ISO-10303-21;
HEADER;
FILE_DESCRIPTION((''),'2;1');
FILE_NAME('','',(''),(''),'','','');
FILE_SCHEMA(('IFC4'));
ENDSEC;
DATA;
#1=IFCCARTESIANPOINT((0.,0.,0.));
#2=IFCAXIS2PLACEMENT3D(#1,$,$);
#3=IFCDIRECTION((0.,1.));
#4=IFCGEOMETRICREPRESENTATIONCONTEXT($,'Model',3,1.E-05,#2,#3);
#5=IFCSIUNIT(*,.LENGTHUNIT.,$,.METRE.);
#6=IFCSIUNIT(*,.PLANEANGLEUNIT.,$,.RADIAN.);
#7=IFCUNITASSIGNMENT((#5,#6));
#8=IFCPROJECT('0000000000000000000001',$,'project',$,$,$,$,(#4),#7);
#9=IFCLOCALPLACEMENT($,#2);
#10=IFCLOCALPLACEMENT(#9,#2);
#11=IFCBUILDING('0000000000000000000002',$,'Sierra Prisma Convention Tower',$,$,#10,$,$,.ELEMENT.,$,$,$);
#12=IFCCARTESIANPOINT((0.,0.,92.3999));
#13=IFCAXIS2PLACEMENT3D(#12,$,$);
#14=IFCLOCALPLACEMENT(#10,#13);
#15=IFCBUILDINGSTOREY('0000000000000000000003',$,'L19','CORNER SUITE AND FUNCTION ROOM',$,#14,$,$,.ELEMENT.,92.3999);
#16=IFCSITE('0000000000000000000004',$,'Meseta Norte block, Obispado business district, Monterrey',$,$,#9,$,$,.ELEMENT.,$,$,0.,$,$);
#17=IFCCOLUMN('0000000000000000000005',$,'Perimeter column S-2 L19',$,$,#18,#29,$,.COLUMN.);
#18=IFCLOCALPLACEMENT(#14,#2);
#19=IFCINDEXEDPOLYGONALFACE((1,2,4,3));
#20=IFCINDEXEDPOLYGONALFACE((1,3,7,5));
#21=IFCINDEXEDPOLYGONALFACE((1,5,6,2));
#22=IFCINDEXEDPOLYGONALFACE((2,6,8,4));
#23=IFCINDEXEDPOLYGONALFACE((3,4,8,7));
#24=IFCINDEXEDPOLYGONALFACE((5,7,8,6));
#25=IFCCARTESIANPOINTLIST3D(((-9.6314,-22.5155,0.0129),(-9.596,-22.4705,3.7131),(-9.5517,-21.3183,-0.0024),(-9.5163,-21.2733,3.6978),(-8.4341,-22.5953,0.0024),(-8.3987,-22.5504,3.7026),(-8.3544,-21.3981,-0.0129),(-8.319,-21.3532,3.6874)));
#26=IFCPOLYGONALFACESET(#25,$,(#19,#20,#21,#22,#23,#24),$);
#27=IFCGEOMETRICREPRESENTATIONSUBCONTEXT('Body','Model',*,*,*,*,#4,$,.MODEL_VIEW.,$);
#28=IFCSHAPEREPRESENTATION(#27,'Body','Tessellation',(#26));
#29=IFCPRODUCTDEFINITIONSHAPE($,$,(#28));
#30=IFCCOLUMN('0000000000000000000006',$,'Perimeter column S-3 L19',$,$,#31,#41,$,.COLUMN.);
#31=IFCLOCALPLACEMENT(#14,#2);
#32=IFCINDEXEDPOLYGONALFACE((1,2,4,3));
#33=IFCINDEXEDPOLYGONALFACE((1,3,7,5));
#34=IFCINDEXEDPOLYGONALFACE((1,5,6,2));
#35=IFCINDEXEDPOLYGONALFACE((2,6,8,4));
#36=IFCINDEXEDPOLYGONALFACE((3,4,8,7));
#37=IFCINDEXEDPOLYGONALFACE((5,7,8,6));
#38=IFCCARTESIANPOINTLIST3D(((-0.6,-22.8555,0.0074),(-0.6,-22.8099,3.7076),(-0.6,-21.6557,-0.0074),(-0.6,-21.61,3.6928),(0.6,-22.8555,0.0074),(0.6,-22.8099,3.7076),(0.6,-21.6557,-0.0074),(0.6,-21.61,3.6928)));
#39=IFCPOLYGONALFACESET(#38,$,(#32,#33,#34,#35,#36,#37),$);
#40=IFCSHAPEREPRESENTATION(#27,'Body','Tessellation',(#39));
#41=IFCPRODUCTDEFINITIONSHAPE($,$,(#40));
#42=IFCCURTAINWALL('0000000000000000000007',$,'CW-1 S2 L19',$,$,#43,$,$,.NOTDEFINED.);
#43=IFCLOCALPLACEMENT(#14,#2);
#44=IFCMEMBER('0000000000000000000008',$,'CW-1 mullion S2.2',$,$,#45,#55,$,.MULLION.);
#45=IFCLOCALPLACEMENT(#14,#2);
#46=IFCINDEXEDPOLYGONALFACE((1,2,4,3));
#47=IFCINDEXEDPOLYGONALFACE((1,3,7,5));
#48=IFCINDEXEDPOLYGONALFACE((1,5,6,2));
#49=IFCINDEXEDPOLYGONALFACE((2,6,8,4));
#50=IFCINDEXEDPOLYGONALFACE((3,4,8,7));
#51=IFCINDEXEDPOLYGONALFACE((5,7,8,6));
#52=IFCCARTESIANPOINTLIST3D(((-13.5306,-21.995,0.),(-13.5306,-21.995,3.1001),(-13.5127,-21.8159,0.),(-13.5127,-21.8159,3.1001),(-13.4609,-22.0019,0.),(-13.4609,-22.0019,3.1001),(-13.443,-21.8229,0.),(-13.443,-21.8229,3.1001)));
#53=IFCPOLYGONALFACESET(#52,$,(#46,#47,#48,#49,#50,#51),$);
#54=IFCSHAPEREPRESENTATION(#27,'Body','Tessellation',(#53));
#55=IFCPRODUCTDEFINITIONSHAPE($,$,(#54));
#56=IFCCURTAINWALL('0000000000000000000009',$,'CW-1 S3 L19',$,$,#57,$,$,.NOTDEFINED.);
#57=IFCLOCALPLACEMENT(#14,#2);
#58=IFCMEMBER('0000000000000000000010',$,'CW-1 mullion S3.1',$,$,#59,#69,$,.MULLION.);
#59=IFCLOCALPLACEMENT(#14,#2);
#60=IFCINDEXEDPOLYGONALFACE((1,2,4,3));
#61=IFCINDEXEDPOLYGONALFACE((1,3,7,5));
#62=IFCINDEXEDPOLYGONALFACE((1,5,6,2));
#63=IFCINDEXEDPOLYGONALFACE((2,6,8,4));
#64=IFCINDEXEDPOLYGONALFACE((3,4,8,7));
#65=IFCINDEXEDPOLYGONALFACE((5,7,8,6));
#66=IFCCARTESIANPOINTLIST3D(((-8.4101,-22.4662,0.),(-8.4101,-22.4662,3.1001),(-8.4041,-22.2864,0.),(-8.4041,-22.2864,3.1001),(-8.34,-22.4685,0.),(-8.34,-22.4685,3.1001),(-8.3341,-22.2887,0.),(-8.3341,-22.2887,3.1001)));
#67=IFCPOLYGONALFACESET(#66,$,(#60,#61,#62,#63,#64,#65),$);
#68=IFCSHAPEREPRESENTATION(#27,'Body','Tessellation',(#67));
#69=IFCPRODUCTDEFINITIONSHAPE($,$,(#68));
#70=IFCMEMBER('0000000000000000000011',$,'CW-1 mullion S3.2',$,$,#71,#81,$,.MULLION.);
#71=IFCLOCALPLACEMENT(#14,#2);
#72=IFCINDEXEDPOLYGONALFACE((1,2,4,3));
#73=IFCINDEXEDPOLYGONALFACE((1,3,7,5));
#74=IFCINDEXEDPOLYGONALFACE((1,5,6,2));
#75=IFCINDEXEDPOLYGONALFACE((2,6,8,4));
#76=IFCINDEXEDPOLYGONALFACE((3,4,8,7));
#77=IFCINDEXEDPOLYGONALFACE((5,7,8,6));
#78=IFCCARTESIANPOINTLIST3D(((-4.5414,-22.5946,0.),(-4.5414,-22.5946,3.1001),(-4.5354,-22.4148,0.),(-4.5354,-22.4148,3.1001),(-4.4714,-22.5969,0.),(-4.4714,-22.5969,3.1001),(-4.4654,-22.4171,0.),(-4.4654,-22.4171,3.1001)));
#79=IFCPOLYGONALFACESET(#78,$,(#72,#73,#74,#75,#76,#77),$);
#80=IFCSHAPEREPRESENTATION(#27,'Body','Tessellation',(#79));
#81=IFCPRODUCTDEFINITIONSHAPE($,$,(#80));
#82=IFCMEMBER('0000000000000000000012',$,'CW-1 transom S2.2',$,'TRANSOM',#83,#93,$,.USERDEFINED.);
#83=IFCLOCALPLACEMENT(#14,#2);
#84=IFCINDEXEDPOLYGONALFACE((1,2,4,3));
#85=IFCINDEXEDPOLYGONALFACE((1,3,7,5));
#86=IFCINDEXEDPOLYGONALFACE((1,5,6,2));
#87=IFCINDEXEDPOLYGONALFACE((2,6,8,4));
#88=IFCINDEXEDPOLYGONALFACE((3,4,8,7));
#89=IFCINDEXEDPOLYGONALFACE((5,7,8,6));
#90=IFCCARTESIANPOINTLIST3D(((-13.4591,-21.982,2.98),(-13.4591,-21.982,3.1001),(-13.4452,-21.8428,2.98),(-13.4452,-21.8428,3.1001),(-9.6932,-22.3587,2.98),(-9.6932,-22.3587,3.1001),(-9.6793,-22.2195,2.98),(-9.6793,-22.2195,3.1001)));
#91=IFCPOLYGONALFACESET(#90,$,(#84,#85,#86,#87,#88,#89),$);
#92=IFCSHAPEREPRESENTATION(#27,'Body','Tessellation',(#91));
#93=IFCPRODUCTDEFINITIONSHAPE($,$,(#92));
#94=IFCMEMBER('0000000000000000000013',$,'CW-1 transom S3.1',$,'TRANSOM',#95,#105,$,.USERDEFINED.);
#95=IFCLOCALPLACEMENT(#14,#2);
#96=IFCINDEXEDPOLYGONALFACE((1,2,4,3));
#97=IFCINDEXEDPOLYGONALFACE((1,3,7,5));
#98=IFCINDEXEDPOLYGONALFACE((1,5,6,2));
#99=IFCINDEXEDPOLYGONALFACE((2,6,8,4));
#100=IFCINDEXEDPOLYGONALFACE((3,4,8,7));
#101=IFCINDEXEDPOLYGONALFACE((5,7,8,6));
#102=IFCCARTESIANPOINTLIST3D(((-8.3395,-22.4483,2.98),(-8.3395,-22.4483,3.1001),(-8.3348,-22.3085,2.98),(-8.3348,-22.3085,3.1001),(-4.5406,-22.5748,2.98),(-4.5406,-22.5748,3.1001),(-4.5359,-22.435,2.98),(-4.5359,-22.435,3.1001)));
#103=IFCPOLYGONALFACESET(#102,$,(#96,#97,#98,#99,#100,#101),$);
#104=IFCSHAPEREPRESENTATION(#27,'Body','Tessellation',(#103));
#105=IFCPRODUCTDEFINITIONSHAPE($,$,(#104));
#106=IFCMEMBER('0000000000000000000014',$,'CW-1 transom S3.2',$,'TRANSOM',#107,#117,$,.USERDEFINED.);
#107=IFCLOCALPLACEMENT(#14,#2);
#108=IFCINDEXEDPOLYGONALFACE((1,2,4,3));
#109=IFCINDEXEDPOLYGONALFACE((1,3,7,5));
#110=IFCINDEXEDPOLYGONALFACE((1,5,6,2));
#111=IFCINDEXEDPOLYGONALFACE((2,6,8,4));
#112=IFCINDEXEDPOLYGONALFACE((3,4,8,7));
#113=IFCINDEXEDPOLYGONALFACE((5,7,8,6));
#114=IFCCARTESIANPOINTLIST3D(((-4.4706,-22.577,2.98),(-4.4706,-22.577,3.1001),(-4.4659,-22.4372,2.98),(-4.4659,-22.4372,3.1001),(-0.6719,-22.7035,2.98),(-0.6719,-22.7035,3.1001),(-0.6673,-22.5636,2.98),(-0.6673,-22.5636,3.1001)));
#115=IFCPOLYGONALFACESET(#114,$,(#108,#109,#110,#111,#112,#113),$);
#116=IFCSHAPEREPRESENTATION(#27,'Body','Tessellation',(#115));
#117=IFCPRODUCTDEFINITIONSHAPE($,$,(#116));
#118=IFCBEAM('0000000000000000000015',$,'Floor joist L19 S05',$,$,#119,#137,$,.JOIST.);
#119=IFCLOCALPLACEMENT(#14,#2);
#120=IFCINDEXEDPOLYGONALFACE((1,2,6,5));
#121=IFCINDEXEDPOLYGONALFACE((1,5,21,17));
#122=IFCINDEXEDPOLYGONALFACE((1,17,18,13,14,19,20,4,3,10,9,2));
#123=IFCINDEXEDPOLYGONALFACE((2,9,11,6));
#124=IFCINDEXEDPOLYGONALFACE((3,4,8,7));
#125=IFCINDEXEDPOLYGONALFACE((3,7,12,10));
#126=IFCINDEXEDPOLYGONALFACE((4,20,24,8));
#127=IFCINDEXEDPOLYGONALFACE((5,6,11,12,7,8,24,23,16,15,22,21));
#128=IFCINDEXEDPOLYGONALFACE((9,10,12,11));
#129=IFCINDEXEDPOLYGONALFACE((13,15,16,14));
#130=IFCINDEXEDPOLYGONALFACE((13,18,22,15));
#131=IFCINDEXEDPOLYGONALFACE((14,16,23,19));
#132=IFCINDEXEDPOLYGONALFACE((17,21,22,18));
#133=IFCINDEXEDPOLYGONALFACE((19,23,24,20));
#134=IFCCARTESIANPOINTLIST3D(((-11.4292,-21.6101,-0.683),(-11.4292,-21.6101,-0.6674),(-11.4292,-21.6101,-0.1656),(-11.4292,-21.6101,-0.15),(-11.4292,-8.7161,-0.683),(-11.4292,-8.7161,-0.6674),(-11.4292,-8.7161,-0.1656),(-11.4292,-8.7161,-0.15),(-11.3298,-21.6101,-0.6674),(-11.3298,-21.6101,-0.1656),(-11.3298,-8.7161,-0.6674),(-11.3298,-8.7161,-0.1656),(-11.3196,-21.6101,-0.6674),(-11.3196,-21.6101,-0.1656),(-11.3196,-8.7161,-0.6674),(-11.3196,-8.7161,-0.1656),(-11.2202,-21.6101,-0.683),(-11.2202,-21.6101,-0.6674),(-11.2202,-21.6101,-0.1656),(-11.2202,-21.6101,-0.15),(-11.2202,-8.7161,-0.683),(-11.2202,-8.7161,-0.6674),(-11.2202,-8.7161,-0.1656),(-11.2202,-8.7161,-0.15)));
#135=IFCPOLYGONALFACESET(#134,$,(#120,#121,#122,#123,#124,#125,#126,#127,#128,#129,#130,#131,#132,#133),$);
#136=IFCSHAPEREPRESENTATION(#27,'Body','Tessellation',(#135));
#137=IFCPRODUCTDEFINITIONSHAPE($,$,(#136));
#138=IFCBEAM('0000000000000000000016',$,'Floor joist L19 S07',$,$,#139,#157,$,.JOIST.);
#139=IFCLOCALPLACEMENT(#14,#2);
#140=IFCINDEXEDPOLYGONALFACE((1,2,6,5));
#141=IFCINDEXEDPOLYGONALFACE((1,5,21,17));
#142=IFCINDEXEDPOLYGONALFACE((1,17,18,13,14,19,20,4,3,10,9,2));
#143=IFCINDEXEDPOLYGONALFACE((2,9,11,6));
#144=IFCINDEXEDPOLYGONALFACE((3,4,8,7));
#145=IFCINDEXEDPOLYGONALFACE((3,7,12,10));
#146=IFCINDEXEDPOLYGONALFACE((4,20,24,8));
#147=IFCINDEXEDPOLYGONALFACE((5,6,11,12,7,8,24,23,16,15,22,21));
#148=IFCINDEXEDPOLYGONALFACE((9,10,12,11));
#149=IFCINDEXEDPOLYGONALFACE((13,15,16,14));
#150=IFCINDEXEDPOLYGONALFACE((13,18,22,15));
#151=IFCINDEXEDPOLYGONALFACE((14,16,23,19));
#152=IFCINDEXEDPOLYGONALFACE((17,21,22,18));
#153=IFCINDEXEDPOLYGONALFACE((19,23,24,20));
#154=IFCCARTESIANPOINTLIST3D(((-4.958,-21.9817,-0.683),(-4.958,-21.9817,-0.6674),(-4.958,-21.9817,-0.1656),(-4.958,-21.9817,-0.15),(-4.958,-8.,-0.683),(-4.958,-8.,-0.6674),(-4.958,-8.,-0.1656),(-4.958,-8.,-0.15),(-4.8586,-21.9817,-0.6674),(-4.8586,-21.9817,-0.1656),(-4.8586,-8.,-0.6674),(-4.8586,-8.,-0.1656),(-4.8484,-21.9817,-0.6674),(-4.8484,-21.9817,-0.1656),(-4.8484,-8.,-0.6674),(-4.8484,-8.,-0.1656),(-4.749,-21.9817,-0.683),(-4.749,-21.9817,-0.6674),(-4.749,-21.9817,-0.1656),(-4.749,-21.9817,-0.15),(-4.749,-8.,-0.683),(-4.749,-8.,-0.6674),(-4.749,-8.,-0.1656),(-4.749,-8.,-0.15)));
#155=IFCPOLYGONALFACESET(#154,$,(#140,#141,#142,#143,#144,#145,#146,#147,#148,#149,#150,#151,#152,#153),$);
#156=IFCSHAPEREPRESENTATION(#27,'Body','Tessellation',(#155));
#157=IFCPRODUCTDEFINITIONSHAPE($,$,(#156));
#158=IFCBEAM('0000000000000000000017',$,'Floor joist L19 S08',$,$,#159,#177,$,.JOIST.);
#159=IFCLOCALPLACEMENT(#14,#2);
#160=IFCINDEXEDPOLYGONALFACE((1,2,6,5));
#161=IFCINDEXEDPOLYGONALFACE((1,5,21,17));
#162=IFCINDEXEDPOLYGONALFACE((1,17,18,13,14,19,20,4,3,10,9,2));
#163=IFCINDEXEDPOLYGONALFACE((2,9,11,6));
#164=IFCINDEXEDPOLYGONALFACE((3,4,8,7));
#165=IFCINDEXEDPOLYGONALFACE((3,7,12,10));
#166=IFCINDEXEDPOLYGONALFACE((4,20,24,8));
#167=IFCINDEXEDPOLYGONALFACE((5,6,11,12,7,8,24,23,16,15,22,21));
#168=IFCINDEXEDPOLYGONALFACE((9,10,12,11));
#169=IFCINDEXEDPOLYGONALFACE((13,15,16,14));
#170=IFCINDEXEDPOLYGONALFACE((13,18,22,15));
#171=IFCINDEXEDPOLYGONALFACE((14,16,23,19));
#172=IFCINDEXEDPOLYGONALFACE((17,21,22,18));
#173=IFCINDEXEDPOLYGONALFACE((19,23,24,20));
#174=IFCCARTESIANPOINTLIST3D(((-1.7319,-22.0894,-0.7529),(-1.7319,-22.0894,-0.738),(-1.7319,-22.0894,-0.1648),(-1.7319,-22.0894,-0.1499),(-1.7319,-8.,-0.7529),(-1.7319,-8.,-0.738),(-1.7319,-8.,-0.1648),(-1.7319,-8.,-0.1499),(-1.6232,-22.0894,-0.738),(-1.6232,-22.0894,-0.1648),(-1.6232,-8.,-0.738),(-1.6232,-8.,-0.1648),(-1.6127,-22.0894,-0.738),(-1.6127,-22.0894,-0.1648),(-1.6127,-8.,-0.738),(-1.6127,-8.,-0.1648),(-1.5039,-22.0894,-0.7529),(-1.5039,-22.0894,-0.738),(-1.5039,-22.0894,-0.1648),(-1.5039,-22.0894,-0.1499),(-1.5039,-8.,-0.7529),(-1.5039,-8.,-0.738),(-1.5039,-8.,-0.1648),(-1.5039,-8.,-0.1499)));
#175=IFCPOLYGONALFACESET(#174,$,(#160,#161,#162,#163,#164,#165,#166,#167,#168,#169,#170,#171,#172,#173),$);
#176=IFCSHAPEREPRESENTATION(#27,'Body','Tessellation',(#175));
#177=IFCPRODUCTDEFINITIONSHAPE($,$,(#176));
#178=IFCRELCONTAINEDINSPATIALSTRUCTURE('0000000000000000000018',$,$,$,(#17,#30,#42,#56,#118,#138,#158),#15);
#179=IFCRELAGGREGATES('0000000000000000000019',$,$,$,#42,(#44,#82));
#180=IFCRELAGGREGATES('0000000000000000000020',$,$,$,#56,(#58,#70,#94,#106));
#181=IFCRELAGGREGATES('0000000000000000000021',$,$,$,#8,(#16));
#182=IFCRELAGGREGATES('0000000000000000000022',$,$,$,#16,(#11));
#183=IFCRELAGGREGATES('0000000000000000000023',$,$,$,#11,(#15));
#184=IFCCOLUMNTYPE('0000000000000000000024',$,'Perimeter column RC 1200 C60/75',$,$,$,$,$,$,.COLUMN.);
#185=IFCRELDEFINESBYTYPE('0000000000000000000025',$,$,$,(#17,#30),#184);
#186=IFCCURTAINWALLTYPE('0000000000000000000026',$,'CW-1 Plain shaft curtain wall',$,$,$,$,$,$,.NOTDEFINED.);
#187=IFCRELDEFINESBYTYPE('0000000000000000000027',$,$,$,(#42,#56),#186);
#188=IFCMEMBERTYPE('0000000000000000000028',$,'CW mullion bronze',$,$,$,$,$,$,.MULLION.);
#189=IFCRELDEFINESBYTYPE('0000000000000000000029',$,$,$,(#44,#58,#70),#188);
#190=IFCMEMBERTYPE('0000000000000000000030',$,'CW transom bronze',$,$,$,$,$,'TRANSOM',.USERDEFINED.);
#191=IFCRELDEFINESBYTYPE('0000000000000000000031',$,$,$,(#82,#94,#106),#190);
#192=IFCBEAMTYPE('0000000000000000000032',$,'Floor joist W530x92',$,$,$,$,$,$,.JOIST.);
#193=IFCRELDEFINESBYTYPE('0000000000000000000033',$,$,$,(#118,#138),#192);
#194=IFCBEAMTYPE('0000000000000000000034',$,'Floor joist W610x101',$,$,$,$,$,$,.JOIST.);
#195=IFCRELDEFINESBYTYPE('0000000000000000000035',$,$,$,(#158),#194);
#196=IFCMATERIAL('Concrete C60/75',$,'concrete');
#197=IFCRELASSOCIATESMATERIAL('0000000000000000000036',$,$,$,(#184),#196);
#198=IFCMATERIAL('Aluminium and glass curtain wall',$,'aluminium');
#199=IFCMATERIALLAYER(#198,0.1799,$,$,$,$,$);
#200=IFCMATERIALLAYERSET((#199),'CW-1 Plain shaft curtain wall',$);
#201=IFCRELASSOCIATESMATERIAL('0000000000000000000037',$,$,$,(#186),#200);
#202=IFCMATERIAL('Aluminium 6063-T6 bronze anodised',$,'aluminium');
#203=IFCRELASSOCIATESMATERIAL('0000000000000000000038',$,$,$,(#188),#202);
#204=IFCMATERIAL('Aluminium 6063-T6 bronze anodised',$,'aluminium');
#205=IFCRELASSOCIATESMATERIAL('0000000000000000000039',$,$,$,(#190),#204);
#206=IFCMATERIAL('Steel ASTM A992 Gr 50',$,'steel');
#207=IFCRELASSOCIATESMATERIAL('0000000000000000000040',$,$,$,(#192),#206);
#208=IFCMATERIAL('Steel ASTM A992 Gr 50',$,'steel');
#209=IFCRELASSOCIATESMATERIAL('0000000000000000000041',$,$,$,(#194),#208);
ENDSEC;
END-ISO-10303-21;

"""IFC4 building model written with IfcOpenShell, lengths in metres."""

from ifc_helpers import new_model, si_unit, direction, frame, origin, origin_2d, place, context, subcontext, project, spatial, rectangle, i_section, extrude, material, layer, layer_set, material_profile, profile_set, type_object, element, aggregate, save


model = new_model("IFC4")

# Units and contexts
model_context = context("Model", 3, precision=1e-05, world=origin(), true_north=direction((0.0, 1.0)))
body_context = subcontext(model_context, "Body", "Model", "MODEL_VIEW")
ifc_project = project(units=[si_unit("LENGTHUNIT", "METRE"), si_unit("PLANEANGLEUNIT", "RADIAN")], contexts=[model_context])

# Site, building, storey
site_placement = place(None, origin())
site = spatial("IfcSite", under=ifc_project, at=site_placement, Name="Meseta Norte block, Obispado business district, Monterrey", CompositionType="ELEMENT", RefElevation=0.0)
building_placement = place(site_placement, origin())
building = spatial("IfcBuilding", under=site, at=building_placement, Name="Sierra Prisma Convention Tower", CompositionType="ELEMENT")
storey_placement = place(building_placement, frame((0.0, 0.0, 92.3999)))
storey = spatial("IfcBuildingStorey", under=building, at=storey_placement, Name="L19", Description="CORNER SUITE AND FUNCTION ROOM", CompositionType="ELEMENT", Elevation=92.3999)

# Columns
ifc_material_1 = material(Name="Concrete C60/75", Category="concrete")
ifc_material_profile_1 = material_profile(ifc_material_1, rectangle(XDim=1.2, YDim=1.2, at=origin_2d()), Name="Perimeter column RC 1200 C60/75")
ifc_profile_set_1 = profile_set([ifc_material_profile_1], Name="Concrete C60/75")
column_type = type_object("IfcColumnType", Name="Perimeter column RC 1200 C60/75", PredefinedType="COLUMN", material=ifc_profile_set_1)
column_1_placement = place(storey_placement, frame((-8.9929, -21.9568, 0.0), z_axis=(0.009566, 0.012139, 0.999881), x_axis=(-0.997746, 0.066536, 0.008738)))
element("IfcColumn", 1, at=column_1_placement, inside=storey, type_object=column_type, Name="Perimeter column S-2 L19", PredefinedType="COLUMN", context=body_context, shape_type="SweptSolid", body=[
    extrude(rectangle(XDim=1.2, YDim=1.2, at=origin_2d()), origin(), (0.0, 0.0, 1.0), 3.7007),
])
column_2_placement = place(storey_placement, frame((0.0, -22.2556, 0.0), z_axis=(0.0, 0.012337, 0.999924), x_axis=(1.0, 0.0, 0.0)))
element("IfcColumn", 2, at=column_2_placement, inside=storey, type_object=column_type, Name="Perimeter column S-3 L19", PredefinedType="COLUMN", context=body_context, shape_type="SweptSolid", body=[
    extrude(rectangle(XDim=1.2, YDim=1.2, at=origin_2d()), origin(), (0.0, 0.0, 1.0), 3.7004),
])

# Curtain wall, member
ifc_material_2 = material(Name="Aluminium and glass curtain wall", Category="aluminium")
ifc_layer_1 = layer(ifc_material_2, 0.1799)
ifc_layer_set_1 = layer_set([ifc_layer_1], Name="CW-1 Plain shaft curtain wall")
curtain_wall_type = type_object("IfcCurtainWallType", Name="CW-1 Plain shaft curtain wall", PredefinedType="NOTDEFINED", material=ifc_layer_set_1)
curtain_wall_1_placement = place(storey_placement, origin())
curtain_wall_1 = element("IfcCurtainWall", 3, at=curtain_wall_1_placement, inside=storey, type_object=curtain_wall_type, Name="CW-1 S2 L19", PredefinedType="NOTDEFINED")
ifc_material_3 = material(Name="Aluminium 6063-T6 bronze anodised", Category="aluminium")
ifc_material_profile_2 = material_profile(ifc_material_3, rectangle(XDim=0.1799, YDim=0.0701, at=origin_2d()), Name="ALU MULLION 70x180")
ifc_profile_set_2 = profile_set([ifc_material_profile_2], Name="Aluminium 6063-T6 bronze anodised")
member_type_1 = type_object("IfcMemberType", Name="CW mullion bronze", PredefinedType="MULLION", material=ifc_profile_set_2)
member_1_placement = place(storey_placement, frame((-13.4868, -21.9089, 0.0), z_axis=(0.0, 0.0, 1.0), x_axis=(0.099546, 0.995033, 0.0)))
member_1 = element("IfcMember", 4, at=member_1_placement, type_object=member_type_1, Name="CW-1 mullion S2.2", PredefinedType="MULLION", context=body_context, shape_type="SweptSolid", body=[
    extrude(rectangle(XDim=0.1799, YDim=0.0701, at=origin_2d()), origin(), (0.0, 0.0, 1.0), 3.1001),
])

# Curtain wall, members
curtain_wall_2_placement = place(storey_placement, origin())
curtain_wall_2 = element("IfcCurtainWall", 5, at=curtain_wall_2_placement, inside=storey, type_object=curtain_wall_type, Name="CW-1 S3 L19", PredefinedType="NOTDEFINED")
member_2_placement = place(storey_placement, frame((-8.3721, -22.3774, 0.0), z_axis=(0.0, 0.0, 1.0), x_axis=(0.033231, 0.999448, 0.0)))
member_2 = element("IfcMember", 6, at=member_2_placement, type_object=member_type_1, Name="CW-1 mullion S3.1", PredefinedType="MULLION", context=body_context, shape_type="SweptSolid", body=[
    extrude(rectangle(XDim=0.1799, YDim=0.0701, at=origin_2d()), origin(), (0.0, 0.0, 1.0), 3.1001),
])
member_3_placement = place(storey_placement, frame((-4.5034, -22.5059, 0.0), z_axis=(0.0, 0.0, 1.0), x_axis=(0.033231, 0.999448, 0.0)))
member_3 = element("IfcMember", 7, at=member_3_placement, type_object=member_type_1, Name="CW-1 mullion S3.2", PredefinedType="MULLION", context=body_context, shape_type="SweptSolid", body=[
    extrude(rectangle(XDim=0.1799, YDim=0.0701, at=origin_2d()), origin(), (0.0, 0.0, 1.0), 3.1001),
])

# Members
ifc_material_4 = material(Name="Aluminium 6063-T6 bronze anodised", Category="aluminium")
ifc_material_profile_3 = material_profile(ifc_material_4, rectangle(XDim=0.1399, YDim=0.1201, at=origin_2d()), Name="ALU TRANSOM 120x140")
ifc_profile_set_3 = profile_set([ifc_material_profile_3], Name="Aluminium 6063-T6 bronze anodised")
member_type_2 = type_object("IfcMemberType", Name="CW transom bronze", ElementType="TRANSOM", PredefinedType="USERDEFINED", material=ifc_profile_set_3)
member_4_placement = place(storey_placement, frame((-13.4521, -21.9124, 3.04), z_axis=(0.995034, -0.099536, 0.0), x_axis=(0.099536, 0.995034, 0.0)))
member_4 = element("IfcMember", 8, at=member_4_placement, type_object=member_type_2, Name="CW-1 transom S2.2", ObjectType="TRANSOM", PredefinedType="USERDEFINED", context=body_context, shape_type="SweptSolid", body=[
    extrude(rectangle(XDim=0.1399, YDim=0.1201, at=origin_2d()), origin(), (0.0, 0.0, 1.0), 3.7847),
])
member_5_placement = place(storey_placement, frame((-8.3372, -22.3784, 3.04), z_axis=(0.999446, -0.033272, 0.0), x_axis=(0.033272, 0.999446, 0.0)))
member_5 = element("IfcMember", 9, at=member_5_placement, type_object=member_type_2, Name="CW-1 transom S3.1", ObjectType="TRANSOM", PredefinedType="USERDEFINED", context=body_context, shape_type="SweptSolid", body=[
    extrude(rectangle(XDim=0.1399, YDim=0.1201, at=origin_2d()), origin(), (0.0, 0.0, 1.0), 3.801),
])
member_6_placement = place(storey_placement, frame((-4.4683, -22.5071, 3.04), z_axis=(0.999446, -0.033274, 0.0), x_axis=(0.033274, 0.999446, 0.0)))
member_6 = element("IfcMember", 10, at=member_6_placement, type_object=member_type_2, Name="CW-1 transom S3.2", ObjectType="TRANSOM", PredefinedType="USERDEFINED", context=body_context, shape_type="SweptSolid", body=[
    extrude(rectangle(XDim=0.1399, YDim=0.1201, at=origin_2d()), origin(), (0.0, 0.0, 1.0), 3.8008),
])

# Beams
ifc_material_5 = material(Name="Steel ASTM A992 Gr 50", Category="steel")
ifc_material_profile_4 = material_profile(ifc_material_5, i_section(OverallWidth=0.209, OverallDepth=0.533, WebThickness=0.0103, FlangeThickness=0.0156, at=origin_2d()), Name="W530x92")
ifc_profile_set_4 = profile_set([ifc_material_profile_4], Name="Steel ASTM A992 Gr 50")
beam_type_1 = type_object("IfcBeamType", Name="Floor joist W530x92", PredefinedType="JOIST", material=ifc_profile_set_4)
beam_1_placement = place(storey_placement, frame((-11.3247, -21.6101, -0.4165), z_axis=(0.0, 1.0, 0.0), x_axis=(-1.0, 0.0, 0.0)))
element("IfcBeam", 11, at=beam_1_placement, inside=storey, type_object=beam_type_1, Name="Floor joist L19 S05", PredefinedType="JOIST", context=body_context, shape_type="SweptSolid", body=[
    extrude(i_section(OverallWidth=0.209, OverallDepth=0.533, WebThickness=0.0103, FlangeThickness=0.0156, at=origin_2d()), origin(), (0.0, 0.0, 1.0), 12.894),
])
beam_2_placement = place(storey_placement, frame((-4.8535, -21.9817, -0.4165), z_axis=(0.0, 1.0, 0.0), x_axis=(-1.0, 0.0, 0.0)))
element("IfcBeam", 12, at=beam_2_placement, inside=storey, type_object=beam_type_1, Name="Floor joist L19 S07", PredefinedType="JOIST", context=body_context, shape_type="SweptSolid", body=[
    extrude(i_section(OverallWidth=0.209, OverallDepth=0.533, WebThickness=0.0103, FlangeThickness=0.0156, at=origin_2d()), origin(), (0.0, 0.0, 1.0), 13.9817),
])
ifc_material_6 = material(Name="Steel ASTM A992 Gr 50", Category="steel")
ifc_material_profile_5 = material_profile(ifc_material_6, i_section(OverallWidth=0.228, OverallDepth=0.603, WebThickness=0.0105, FlangeThickness=0.0149, at=origin_2d()), Name="W610x101")
ifc_profile_set_5 = profile_set([ifc_material_profile_5], Name="Steel ASTM A992 Gr 50")
beam_type_2 = type_object("IfcBeamType", Name="Floor joist W610x101", PredefinedType="JOIST", material=ifc_profile_set_5)
beam_3_placement = place(storey_placement, frame((-1.6179, -22.0894, -0.4514), z_axis=(0.0, 1.0, 0.0), x_axis=(-1.0, 0.0, 0.0)))
element("IfcBeam", 13, at=beam_3_placement, inside=storey, type_object=beam_type_2, Name="Floor joist L19 S08", PredefinedType="JOIST", context=body_context, shape_type="SweptSolid", body=[
    extrude(i_section(OverallWidth=0.228, OverallDepth=0.603, WebThickness=0.0105, FlangeThickness=0.0149, at=origin_2d()), origin(), (0.0, 0.0, 1.0), 14.0894),
])

aggregate(curtain_wall_1, [member_1, member_4])
aggregate(curtain_wall_2, [member_2, member_3, member_5, member_6])

save(model, "model.ifc")
